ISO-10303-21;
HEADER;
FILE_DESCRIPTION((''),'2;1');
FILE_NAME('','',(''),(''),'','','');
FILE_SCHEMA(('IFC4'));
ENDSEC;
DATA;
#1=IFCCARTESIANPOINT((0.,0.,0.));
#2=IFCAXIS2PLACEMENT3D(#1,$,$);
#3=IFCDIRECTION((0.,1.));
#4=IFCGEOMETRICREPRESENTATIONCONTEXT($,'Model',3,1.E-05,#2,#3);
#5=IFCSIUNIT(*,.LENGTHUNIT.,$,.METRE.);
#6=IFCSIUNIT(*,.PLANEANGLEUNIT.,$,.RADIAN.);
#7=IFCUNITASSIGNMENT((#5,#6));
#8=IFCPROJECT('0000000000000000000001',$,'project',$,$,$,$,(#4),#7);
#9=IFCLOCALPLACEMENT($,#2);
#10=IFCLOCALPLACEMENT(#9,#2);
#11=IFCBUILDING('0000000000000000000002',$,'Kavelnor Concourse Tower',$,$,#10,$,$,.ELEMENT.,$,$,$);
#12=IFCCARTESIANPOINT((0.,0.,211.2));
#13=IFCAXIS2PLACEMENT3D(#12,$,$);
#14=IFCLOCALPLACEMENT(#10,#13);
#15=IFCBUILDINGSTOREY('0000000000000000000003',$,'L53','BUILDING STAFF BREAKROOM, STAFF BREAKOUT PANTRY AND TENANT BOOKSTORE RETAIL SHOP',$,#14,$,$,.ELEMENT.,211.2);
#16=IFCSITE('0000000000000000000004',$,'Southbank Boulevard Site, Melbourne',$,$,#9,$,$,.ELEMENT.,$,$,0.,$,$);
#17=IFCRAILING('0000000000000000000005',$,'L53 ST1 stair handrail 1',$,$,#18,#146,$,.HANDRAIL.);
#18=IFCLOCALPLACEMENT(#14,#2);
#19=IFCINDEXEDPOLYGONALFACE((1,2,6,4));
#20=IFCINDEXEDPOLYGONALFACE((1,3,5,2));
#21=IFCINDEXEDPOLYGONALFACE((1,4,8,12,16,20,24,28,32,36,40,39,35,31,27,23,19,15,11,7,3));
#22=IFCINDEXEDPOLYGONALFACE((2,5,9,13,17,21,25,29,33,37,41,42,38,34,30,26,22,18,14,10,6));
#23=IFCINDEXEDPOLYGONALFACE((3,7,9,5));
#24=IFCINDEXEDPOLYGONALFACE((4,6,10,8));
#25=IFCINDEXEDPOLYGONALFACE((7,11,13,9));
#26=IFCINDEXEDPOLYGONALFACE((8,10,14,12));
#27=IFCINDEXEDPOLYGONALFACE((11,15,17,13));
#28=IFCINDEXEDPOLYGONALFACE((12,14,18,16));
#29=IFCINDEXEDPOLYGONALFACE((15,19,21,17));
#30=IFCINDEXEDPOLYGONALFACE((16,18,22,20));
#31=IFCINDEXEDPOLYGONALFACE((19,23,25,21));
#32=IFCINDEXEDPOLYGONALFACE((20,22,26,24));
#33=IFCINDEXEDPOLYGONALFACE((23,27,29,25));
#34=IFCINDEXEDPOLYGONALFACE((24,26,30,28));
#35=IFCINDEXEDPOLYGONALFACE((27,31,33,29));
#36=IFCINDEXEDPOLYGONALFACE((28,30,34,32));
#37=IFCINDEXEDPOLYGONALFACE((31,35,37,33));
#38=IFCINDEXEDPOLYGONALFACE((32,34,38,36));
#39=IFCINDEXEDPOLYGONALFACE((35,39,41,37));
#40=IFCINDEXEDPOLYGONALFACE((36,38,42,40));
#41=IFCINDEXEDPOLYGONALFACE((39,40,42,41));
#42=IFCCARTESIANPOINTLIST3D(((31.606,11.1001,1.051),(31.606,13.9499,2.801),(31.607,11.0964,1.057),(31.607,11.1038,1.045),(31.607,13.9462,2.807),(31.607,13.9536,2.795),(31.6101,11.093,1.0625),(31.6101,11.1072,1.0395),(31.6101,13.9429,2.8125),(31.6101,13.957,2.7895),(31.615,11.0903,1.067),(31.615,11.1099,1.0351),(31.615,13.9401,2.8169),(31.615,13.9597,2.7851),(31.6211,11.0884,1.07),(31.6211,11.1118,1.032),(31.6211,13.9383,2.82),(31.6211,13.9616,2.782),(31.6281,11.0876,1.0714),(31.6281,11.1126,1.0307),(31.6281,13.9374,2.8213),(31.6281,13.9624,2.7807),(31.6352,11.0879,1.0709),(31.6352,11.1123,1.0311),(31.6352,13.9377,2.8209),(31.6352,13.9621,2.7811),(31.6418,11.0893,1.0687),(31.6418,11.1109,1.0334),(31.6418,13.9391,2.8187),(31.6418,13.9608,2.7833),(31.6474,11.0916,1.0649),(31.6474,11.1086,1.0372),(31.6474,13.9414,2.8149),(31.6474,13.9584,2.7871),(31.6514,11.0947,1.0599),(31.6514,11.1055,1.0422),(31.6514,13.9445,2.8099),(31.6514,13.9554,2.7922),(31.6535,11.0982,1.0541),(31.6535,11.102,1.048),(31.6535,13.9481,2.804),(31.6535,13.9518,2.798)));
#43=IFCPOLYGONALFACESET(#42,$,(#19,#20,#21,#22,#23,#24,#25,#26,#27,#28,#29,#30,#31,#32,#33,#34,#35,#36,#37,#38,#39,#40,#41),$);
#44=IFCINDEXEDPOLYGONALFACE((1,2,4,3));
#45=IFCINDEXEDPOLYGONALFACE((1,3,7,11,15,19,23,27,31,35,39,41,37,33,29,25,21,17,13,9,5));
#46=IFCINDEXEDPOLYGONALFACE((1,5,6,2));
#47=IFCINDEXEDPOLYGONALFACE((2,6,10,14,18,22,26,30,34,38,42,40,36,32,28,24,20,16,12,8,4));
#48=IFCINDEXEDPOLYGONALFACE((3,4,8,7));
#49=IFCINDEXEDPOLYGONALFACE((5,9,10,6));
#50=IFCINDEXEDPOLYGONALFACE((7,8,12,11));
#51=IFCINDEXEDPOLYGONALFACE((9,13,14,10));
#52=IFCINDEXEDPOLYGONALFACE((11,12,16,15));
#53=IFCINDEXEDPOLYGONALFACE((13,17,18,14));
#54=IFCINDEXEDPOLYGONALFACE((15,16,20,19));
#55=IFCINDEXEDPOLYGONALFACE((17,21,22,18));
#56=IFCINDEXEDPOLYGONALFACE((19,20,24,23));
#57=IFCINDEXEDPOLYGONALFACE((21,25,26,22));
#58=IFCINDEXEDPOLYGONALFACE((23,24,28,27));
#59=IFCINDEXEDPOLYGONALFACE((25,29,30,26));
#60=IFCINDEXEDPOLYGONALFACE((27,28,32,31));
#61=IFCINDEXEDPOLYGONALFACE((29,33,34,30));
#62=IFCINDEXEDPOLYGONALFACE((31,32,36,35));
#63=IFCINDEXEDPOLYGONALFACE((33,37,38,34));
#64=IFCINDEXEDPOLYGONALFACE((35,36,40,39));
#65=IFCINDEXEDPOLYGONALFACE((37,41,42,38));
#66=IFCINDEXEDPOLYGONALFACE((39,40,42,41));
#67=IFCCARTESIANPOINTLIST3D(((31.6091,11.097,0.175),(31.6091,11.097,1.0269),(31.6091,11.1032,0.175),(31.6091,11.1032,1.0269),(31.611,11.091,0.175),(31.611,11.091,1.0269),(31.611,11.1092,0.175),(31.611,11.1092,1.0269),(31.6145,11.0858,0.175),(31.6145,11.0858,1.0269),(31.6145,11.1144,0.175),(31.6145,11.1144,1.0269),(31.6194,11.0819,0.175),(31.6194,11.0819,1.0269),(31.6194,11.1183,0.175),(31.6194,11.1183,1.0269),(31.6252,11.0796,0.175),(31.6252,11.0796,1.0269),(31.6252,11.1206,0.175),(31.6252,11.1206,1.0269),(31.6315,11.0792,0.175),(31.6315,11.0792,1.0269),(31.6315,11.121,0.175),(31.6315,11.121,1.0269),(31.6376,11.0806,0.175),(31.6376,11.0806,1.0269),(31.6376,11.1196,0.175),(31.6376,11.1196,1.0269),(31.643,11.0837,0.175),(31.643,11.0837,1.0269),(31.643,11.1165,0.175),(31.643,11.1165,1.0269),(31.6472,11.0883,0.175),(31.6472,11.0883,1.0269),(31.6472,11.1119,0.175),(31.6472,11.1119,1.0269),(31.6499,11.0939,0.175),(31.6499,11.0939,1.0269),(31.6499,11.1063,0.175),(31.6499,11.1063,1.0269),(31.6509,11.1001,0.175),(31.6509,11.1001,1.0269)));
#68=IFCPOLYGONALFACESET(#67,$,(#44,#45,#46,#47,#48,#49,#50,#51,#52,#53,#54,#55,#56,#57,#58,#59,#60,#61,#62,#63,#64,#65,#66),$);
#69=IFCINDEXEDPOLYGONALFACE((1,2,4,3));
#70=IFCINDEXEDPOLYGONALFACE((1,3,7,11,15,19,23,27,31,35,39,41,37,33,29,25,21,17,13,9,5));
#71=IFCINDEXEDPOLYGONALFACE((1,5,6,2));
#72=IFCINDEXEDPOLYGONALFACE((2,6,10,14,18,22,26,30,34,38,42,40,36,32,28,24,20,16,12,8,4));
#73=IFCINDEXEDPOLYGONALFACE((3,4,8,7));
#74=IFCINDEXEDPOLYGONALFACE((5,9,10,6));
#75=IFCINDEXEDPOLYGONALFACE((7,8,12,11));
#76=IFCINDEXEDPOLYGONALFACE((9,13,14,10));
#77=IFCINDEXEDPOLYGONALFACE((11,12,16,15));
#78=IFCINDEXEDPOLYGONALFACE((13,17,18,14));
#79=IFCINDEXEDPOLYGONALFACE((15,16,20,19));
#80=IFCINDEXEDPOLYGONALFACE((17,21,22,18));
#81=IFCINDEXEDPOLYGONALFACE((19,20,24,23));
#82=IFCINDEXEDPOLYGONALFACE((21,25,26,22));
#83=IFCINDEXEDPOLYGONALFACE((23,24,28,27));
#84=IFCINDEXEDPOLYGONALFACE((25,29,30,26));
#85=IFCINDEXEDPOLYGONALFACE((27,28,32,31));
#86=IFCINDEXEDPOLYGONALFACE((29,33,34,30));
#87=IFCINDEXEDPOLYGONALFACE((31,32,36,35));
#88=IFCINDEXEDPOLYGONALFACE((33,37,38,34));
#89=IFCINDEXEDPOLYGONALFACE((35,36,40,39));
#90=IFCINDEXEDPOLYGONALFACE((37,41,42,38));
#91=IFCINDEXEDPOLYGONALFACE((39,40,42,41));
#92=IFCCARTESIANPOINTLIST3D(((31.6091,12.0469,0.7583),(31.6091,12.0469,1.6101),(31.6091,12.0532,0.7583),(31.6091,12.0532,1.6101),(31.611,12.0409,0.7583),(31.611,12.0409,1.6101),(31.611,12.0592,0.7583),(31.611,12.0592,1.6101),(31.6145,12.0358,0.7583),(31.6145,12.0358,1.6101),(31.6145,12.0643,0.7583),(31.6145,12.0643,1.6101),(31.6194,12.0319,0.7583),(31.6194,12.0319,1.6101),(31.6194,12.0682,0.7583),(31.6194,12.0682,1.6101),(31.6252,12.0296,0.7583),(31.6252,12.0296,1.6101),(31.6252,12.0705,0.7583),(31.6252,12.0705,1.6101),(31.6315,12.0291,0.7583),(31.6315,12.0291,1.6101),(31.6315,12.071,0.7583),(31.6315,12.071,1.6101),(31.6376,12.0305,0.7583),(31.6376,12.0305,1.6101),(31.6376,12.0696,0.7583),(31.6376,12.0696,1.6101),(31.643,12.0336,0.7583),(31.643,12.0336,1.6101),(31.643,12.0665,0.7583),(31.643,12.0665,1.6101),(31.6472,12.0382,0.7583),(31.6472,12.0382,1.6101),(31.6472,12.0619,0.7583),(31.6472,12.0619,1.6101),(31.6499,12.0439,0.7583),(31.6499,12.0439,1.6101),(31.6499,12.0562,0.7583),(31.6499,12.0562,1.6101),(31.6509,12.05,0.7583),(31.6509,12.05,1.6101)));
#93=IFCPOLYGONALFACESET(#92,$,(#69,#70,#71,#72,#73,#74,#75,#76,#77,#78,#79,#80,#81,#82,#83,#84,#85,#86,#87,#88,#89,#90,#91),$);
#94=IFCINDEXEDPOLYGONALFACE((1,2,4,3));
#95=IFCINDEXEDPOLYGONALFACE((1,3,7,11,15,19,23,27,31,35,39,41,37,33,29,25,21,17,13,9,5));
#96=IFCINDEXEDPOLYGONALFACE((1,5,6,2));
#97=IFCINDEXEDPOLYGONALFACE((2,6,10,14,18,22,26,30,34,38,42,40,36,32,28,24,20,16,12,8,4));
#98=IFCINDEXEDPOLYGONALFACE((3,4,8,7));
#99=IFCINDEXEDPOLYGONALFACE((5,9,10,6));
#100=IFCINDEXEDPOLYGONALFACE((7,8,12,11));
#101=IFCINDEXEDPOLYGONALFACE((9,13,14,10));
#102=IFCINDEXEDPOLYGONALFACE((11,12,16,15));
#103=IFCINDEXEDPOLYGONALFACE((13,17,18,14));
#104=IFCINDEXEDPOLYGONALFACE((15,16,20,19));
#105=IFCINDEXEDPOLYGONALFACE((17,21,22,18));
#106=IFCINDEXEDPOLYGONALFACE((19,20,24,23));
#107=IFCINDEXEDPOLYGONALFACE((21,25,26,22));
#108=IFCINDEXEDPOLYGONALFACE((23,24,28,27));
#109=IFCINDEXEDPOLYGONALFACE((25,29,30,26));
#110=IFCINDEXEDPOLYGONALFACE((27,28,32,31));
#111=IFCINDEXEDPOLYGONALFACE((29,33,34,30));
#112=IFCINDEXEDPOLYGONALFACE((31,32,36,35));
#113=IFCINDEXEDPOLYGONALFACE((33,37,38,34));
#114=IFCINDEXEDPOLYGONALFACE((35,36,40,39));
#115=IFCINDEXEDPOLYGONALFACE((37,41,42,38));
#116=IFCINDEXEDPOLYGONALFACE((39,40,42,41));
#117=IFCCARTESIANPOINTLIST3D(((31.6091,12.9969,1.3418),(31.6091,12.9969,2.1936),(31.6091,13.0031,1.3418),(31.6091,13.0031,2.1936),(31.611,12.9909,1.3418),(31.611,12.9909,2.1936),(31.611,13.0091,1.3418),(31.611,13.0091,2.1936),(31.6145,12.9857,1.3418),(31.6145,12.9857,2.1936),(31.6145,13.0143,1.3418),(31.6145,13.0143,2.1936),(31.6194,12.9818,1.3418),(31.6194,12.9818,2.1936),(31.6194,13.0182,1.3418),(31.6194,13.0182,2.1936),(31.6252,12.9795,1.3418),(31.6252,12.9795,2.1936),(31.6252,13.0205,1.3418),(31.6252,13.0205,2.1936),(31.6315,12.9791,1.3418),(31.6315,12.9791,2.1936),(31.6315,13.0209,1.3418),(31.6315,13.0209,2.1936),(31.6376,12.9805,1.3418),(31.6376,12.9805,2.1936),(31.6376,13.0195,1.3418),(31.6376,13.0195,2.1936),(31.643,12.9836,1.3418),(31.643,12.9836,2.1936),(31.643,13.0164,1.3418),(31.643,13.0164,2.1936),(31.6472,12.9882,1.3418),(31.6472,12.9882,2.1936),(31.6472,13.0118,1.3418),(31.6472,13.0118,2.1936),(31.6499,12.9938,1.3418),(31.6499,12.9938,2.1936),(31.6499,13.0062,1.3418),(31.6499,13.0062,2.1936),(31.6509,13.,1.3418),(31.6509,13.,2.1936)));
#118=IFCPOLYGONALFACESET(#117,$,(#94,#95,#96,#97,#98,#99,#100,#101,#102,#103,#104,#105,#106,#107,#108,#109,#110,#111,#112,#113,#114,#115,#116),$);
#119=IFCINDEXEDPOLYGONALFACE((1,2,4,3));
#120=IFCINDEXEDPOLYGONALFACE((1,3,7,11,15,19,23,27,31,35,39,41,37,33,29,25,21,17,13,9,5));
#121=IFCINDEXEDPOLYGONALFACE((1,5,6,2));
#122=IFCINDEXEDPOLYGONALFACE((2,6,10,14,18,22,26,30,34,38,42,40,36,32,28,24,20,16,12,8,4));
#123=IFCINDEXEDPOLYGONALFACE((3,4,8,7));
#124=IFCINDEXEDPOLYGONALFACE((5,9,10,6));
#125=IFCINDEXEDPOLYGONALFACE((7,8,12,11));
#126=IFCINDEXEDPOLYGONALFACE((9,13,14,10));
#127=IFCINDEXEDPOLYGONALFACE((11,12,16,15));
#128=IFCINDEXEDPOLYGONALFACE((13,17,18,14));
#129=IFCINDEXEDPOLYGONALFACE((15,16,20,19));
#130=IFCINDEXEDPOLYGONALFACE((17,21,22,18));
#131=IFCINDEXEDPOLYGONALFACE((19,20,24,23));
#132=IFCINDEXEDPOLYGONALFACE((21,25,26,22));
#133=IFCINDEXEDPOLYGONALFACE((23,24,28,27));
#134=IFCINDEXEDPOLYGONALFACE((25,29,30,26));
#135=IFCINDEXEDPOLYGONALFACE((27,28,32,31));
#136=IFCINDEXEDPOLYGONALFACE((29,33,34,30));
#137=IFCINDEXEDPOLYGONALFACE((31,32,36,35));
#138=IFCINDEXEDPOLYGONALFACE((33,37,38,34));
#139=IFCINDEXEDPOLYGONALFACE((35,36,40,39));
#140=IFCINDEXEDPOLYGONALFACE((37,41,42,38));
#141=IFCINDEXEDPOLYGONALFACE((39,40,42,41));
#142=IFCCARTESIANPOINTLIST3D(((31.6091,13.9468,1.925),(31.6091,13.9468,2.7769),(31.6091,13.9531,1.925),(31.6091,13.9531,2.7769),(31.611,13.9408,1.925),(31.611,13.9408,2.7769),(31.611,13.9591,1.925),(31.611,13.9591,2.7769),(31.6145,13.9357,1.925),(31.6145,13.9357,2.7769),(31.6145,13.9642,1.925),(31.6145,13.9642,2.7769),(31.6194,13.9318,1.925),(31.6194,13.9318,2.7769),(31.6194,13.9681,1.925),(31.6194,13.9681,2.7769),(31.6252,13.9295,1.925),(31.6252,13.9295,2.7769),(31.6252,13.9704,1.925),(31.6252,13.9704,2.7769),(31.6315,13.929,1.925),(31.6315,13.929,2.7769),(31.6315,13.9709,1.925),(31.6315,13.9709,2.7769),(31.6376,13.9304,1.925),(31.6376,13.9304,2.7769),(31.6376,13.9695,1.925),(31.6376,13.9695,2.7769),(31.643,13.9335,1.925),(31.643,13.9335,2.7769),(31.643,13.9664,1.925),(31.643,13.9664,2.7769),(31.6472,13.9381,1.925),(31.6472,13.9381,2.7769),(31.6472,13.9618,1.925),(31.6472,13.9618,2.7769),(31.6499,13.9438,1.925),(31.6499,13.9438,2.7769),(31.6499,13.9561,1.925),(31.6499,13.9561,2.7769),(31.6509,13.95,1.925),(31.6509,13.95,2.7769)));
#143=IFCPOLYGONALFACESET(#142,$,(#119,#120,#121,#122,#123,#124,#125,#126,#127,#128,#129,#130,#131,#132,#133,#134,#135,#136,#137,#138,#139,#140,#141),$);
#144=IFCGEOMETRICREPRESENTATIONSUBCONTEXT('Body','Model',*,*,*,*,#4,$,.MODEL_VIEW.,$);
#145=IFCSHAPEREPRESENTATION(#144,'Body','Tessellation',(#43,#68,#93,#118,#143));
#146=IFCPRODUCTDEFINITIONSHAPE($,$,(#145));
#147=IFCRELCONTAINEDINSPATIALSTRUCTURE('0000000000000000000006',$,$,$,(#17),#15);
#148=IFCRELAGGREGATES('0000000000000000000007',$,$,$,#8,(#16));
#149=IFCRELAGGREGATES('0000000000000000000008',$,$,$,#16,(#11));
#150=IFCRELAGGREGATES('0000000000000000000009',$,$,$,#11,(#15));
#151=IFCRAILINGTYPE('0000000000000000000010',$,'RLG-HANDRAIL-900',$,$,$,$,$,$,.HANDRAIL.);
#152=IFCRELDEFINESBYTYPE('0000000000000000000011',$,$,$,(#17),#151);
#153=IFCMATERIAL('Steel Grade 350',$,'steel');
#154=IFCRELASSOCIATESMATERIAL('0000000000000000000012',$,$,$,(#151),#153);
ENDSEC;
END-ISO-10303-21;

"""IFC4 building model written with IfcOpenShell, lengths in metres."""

from ifc_helpers import new_model, si_unit, direction, frame, origin, origin_2d, place, context, subcontext, project, spatial, circle, extrude, material, type_object, element, save


model = new_model("IFC4")

# Units and contexts
model_context = context("Model", 3, precision=1e-05, world=origin(), true_north=direction((0.0, 1.0)))
body_context = subcontext(model_context, "Body", "Model", "MODEL_VIEW")
ifc_project = project(units=[si_unit("LENGTHUNIT", "METRE"), si_unit("PLANEANGLEUNIT", "RADIAN")], contexts=[model_context])

# Site, building, storey
site_placement = place(None, origin())
site = spatial("IfcSite", under=ifc_project, at=site_placement, Name="Southbank Boulevard Site, Melbourne", CompositionType="ELEMENT", RefElevation=0.0)
building_placement = place(site_placement, origin())
building = spatial("IfcBuilding", under=site, at=building_placement, Name="Kavelnor Concourse Tower", CompositionType="ELEMENT")
storey_placement = place(building_placement, frame((0.0, 0.0, 211.2)))
storey = spatial("IfcBuildingStorey", under=building, at=storey_placement, Name="L53", Description="BUILDING STAFF BREAKROOM, STAFF BREAKOUT PANTRY AND TENANT BOOKSTORE RETAIL SHOP", CompositionType="ELEMENT", Elevation=211.2)

# Shared definitions
ifc_material_1 = material(Name="Steel Grade 350", Category="steel")

# Railing
railing_type_1 = type_object("IfcRailingType", Name="RLG-HANDRAIL-900", PredefinedType="HANDRAIL", material=ifc_material_1)
railing_1_placement = place(storey_placement, frame((31.6299, 11.1001, 0.175)))
element("IfcRailing", 1, at=railing_1_placement, inside=storey, type_object=railing_type_1, Name="L53 ST1 stair handrail 1", PredefinedType="HANDRAIL", context=body_context, shape_type="SweptSolid", body=[
    extrude(circle(Radius=0.0239, at=origin_2d()), frame((0.0, 0.0, 0.876), z_axis=(0.0, 0.852159, 0.523283), x_axis=(-1.0, 0.0, 0.0)), (0.0, 0.0, 1.0), 3.3442),
    extrude(circle(Radius=0.021, at=origin_2d()), origin(), (0.0, 0.0, 1.0), 0.8518),
    extrude(circle(Radius=0.021, at=origin_2d()), frame((0.0, 0.95, 0.5833)), (0.0, 0.0, 1.0), 0.8518),
    extrude(circle(Radius=0.021, at=origin_2d()), frame((0.0, 1.8999, 1.1667)), (0.0, 0.0, 1.0), 0.8518),
    extrude(circle(Radius=0.021, at=origin_2d()), frame((0.0, 2.8499, 1.75)), (0.0, 0.0, 1.0), 0.8518),
])

save(model, "model.ifc")
